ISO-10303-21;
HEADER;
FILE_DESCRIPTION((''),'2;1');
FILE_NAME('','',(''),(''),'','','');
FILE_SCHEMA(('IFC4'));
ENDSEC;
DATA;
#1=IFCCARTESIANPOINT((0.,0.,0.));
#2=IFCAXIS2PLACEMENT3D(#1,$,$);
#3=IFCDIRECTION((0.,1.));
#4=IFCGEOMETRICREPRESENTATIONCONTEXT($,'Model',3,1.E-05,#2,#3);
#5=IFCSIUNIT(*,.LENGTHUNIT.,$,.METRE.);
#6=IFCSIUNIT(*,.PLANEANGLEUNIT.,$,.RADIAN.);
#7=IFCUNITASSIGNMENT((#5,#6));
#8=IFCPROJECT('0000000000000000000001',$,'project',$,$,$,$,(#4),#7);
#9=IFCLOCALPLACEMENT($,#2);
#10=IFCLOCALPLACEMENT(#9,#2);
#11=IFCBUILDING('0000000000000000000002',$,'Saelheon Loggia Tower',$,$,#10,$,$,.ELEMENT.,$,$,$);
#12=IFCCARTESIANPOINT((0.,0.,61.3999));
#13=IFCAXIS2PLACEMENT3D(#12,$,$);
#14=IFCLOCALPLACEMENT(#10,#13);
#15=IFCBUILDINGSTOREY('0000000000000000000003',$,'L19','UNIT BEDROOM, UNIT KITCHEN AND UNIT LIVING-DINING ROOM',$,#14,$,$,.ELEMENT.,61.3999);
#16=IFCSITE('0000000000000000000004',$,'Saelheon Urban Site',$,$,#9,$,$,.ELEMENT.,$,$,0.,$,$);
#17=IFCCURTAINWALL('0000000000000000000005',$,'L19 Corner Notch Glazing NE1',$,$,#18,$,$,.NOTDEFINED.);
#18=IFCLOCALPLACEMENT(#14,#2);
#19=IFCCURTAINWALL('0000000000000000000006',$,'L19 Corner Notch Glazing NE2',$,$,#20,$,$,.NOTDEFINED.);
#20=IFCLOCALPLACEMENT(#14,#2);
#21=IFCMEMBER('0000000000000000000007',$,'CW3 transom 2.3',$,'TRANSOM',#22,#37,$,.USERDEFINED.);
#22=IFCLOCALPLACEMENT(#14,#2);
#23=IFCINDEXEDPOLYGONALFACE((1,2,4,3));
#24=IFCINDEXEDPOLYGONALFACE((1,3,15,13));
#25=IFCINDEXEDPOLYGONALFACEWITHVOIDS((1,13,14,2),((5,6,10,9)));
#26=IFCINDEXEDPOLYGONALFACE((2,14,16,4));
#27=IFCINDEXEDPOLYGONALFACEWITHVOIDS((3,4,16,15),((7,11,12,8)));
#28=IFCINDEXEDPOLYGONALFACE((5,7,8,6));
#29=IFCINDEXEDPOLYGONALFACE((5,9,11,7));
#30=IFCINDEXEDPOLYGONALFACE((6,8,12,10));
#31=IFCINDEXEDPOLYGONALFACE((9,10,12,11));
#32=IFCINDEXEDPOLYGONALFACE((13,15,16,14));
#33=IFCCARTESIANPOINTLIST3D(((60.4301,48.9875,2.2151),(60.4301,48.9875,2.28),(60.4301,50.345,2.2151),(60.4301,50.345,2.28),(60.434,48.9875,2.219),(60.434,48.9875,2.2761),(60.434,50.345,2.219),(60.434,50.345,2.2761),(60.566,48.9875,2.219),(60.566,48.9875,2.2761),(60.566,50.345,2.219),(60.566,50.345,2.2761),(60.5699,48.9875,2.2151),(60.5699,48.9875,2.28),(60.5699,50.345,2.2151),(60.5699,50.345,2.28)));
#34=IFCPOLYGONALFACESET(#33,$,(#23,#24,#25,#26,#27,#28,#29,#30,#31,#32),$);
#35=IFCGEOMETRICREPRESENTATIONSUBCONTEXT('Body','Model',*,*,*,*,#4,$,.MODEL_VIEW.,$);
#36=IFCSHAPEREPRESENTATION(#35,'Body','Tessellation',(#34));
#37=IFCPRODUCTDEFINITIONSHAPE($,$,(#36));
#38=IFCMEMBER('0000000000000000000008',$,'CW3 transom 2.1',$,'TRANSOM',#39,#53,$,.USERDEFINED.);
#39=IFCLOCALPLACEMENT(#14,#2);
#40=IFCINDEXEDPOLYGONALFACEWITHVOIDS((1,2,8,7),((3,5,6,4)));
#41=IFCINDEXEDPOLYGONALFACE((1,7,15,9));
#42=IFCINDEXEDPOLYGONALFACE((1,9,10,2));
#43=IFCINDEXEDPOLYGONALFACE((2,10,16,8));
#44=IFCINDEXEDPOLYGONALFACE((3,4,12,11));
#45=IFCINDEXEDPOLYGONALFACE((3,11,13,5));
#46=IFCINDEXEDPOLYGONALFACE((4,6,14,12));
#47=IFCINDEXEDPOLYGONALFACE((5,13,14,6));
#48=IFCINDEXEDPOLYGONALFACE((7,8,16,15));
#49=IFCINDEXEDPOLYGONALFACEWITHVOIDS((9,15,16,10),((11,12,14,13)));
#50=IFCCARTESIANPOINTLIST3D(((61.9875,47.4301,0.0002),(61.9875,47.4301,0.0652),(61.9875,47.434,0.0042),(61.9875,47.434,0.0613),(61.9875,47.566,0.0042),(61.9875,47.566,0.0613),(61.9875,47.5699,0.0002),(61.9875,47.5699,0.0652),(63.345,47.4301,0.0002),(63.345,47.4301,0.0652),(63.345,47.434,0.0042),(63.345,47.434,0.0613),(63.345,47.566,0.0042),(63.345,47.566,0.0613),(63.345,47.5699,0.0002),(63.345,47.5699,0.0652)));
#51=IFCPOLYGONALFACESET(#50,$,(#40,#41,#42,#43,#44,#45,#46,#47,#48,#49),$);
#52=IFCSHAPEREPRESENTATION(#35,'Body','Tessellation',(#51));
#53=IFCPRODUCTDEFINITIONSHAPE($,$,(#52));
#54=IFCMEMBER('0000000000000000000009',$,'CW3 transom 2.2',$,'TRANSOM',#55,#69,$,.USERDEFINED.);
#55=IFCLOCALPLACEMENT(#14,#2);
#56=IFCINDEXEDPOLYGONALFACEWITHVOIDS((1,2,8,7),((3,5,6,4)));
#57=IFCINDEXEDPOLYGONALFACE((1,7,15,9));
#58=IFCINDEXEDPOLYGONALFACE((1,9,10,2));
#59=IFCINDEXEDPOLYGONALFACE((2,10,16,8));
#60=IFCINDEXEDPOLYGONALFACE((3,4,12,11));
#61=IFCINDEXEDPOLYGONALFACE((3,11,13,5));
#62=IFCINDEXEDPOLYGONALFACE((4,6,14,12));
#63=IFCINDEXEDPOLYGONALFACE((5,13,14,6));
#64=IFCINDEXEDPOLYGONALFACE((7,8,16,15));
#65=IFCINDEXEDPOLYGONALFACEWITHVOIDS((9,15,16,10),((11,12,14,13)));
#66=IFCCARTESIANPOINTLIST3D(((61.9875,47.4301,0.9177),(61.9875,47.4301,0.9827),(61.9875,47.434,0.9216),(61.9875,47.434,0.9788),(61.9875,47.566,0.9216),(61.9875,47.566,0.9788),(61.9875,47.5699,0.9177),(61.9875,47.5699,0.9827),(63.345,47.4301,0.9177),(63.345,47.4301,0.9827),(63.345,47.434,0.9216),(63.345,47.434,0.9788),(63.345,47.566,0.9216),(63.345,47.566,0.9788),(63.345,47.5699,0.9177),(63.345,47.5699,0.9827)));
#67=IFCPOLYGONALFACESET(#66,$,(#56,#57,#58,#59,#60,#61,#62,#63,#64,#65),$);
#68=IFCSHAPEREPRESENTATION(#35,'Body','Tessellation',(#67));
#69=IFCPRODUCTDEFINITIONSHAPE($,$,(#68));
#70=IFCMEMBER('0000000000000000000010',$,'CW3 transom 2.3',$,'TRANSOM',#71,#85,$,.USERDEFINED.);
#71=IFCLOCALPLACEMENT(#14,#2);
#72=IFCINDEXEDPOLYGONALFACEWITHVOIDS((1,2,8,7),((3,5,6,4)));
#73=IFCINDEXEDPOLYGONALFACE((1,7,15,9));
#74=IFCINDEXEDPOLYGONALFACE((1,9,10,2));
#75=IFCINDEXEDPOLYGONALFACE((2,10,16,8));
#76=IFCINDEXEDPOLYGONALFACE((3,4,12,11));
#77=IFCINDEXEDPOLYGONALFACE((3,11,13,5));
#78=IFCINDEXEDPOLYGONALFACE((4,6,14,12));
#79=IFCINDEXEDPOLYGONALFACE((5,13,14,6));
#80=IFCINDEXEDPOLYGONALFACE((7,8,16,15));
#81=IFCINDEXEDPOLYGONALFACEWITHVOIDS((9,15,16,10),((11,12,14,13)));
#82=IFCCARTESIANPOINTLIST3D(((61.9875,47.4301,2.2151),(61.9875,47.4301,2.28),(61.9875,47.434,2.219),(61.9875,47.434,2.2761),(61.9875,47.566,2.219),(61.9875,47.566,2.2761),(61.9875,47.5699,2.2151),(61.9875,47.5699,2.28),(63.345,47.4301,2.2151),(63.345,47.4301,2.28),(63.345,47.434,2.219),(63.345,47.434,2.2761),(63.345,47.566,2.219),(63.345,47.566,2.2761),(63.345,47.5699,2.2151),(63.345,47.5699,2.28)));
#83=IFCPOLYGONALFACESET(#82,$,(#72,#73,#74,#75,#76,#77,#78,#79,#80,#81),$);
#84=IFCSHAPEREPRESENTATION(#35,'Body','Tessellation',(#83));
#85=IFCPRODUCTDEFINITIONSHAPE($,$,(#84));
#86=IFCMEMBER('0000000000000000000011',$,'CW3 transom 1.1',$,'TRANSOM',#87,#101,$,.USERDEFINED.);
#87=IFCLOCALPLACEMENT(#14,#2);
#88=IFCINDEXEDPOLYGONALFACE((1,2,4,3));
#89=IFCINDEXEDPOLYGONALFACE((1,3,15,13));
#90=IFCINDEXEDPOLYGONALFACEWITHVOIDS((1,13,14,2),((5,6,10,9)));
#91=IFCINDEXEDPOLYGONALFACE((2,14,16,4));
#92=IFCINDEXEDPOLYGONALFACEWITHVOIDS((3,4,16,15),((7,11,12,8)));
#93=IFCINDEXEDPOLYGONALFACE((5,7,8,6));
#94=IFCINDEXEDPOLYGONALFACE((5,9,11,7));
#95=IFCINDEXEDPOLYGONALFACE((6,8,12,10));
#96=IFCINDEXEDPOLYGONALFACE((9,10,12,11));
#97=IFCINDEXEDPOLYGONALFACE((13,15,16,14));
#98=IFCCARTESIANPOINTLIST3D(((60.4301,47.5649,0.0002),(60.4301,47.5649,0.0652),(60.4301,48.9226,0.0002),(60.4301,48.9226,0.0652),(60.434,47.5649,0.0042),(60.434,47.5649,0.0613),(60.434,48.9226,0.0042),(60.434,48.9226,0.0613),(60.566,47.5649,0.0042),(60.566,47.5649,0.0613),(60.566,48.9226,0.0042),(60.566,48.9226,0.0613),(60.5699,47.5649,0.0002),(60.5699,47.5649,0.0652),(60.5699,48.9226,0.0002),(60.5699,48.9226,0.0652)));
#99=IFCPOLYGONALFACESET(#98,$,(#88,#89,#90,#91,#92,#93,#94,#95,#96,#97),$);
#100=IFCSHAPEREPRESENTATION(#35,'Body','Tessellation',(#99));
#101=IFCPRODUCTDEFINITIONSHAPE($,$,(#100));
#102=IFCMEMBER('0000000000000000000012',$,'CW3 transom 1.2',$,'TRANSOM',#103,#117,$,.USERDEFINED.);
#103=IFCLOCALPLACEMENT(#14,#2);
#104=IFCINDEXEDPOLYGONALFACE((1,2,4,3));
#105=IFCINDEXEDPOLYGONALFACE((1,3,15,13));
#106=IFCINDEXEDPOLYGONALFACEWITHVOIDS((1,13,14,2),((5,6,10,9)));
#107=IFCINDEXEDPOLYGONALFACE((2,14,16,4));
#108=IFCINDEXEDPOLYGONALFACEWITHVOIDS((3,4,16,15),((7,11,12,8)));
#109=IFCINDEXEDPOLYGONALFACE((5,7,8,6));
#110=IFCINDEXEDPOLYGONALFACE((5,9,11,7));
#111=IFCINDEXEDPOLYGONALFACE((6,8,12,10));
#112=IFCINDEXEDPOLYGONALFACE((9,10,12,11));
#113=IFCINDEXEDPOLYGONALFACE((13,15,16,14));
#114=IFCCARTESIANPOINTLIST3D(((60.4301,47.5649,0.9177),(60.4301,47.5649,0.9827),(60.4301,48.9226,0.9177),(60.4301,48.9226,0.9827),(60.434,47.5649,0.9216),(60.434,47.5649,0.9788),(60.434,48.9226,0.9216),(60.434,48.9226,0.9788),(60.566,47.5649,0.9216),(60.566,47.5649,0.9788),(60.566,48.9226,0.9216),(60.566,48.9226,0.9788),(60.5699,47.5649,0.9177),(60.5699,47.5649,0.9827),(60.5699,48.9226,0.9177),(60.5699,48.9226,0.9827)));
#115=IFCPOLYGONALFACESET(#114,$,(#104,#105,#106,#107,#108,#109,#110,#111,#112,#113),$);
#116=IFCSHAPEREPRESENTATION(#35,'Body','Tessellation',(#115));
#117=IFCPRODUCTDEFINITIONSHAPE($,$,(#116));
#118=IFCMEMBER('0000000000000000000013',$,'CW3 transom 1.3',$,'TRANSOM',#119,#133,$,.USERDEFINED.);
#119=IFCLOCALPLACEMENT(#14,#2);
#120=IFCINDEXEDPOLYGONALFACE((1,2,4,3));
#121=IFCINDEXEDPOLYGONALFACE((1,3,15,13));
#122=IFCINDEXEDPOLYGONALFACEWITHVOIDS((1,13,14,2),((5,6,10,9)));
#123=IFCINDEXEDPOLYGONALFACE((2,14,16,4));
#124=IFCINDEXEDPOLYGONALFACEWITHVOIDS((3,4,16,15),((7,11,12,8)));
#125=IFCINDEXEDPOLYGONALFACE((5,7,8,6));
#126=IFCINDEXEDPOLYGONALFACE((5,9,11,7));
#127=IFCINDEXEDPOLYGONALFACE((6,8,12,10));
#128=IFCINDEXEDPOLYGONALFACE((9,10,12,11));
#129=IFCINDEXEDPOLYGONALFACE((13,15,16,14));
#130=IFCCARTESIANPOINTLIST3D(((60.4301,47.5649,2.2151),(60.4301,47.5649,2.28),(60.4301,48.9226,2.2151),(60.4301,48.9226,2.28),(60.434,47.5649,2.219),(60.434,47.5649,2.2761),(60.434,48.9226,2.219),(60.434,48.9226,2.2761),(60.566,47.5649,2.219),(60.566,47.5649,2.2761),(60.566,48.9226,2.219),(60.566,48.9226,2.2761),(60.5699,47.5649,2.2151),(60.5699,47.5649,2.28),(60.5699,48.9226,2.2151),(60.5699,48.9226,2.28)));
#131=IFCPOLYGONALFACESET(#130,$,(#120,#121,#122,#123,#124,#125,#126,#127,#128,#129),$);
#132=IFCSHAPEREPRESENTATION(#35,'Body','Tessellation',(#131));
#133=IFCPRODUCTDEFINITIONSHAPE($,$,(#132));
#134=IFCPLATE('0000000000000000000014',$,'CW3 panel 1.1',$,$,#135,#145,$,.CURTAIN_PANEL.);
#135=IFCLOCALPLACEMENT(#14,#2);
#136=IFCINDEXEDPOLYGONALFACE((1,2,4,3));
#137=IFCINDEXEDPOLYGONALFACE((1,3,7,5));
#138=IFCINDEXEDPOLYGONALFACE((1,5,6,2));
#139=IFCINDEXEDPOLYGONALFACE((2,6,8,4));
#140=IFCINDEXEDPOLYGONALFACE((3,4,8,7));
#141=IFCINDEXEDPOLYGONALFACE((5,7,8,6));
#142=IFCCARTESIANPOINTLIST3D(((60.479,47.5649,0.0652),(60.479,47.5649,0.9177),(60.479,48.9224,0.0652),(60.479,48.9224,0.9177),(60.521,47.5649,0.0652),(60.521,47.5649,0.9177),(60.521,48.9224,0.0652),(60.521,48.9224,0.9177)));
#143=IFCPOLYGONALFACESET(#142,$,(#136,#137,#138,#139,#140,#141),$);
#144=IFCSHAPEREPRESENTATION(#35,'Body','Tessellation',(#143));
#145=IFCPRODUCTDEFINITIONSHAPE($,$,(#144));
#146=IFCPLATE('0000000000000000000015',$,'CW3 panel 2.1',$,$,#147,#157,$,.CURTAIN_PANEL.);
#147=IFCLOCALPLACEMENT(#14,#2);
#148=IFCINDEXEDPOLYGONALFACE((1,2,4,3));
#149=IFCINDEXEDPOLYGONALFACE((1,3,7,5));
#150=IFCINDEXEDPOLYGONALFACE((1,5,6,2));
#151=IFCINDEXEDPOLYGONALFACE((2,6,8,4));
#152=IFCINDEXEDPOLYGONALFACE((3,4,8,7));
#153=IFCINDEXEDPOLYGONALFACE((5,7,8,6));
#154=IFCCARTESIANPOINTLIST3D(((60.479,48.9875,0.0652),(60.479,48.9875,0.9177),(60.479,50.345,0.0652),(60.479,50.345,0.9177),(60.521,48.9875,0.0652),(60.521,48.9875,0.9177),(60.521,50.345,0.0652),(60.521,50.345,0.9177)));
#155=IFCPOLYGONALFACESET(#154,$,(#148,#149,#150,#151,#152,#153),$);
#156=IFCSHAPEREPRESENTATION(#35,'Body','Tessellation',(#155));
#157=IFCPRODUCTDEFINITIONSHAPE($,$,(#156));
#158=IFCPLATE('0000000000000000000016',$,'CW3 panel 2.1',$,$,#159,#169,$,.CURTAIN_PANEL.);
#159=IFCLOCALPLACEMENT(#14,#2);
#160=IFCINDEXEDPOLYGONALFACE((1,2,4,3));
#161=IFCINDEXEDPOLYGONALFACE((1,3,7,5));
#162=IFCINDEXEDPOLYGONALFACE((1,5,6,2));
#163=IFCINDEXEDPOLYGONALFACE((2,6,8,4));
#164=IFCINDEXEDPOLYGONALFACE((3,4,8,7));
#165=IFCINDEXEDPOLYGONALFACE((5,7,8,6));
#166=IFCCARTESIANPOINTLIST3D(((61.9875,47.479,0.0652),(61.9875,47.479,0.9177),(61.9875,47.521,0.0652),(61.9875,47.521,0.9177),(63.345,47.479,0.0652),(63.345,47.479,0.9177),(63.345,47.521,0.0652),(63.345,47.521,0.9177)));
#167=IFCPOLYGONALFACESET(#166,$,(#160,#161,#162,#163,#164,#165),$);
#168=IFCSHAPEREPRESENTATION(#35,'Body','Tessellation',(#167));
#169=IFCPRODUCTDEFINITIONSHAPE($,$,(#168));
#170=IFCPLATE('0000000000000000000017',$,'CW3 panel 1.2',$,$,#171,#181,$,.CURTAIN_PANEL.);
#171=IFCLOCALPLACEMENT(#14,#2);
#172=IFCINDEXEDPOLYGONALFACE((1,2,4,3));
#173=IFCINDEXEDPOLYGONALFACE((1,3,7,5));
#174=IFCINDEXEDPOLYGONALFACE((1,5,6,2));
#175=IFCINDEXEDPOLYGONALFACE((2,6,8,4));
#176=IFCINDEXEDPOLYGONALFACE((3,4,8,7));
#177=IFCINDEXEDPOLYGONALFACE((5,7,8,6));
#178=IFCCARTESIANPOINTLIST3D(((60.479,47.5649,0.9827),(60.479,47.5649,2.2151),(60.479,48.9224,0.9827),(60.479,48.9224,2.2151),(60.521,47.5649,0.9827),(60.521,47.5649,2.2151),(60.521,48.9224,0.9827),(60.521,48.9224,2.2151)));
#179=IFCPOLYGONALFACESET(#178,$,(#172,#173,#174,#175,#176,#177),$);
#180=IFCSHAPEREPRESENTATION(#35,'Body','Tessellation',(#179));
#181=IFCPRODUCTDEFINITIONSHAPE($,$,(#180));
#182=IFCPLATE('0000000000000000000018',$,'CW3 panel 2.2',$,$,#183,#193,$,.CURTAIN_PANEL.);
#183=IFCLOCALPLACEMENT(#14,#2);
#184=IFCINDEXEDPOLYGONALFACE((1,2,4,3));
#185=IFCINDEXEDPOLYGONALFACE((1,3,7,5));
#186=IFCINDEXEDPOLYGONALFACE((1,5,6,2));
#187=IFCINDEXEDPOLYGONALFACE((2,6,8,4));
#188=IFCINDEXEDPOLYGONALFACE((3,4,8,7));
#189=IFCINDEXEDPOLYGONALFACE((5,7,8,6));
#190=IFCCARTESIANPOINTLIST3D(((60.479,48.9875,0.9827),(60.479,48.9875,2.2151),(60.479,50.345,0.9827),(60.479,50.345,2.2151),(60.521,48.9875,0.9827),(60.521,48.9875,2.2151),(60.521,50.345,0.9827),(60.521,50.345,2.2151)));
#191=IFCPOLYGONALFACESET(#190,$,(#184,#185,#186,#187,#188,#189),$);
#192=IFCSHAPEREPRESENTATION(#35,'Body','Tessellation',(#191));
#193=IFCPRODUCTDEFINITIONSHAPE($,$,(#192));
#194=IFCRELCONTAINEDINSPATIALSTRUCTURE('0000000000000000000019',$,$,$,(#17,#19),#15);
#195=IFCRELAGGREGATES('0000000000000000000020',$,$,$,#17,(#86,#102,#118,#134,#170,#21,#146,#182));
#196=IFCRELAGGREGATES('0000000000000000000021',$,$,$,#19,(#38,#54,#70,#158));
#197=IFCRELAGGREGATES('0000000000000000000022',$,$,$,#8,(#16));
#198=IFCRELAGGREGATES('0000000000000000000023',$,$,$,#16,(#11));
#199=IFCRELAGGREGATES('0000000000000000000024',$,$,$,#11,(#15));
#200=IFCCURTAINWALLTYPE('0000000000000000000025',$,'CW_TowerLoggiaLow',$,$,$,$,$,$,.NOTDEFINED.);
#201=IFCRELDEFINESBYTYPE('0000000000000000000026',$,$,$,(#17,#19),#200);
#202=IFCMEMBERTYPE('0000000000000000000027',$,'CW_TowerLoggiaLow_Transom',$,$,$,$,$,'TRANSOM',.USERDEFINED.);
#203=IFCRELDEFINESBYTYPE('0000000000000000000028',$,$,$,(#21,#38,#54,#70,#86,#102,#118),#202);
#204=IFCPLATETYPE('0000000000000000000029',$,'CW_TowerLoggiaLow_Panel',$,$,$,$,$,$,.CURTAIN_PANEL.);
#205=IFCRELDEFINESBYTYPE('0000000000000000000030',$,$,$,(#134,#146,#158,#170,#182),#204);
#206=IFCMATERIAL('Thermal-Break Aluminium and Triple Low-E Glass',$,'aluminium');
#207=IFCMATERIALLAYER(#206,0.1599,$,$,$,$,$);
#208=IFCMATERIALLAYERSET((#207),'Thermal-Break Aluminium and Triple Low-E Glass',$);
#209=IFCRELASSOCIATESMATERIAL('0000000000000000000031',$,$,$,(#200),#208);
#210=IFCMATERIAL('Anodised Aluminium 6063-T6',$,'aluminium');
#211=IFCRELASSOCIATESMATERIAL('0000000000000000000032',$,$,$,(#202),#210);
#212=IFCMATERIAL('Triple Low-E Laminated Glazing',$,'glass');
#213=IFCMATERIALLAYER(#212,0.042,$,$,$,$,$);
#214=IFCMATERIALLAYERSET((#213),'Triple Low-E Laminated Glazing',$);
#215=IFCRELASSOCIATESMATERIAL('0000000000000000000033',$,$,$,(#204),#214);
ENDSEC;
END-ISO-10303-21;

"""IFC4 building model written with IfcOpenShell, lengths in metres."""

from ifc_helpers import new_model, si_unit, direction, frame, origin, origin_2d, place, context, subcontext, project, spatial, rectangle, hollow_rectangle, extrude, source, transform, mapped, material, layer, layer_set, material_profile, profile_set, type_object, element, aggregate, save


model = new_model("IFC4")

# Units and contexts
model_context = context("Model", 3, precision=1e-05, world=origin(), true_north=direction((0.0, 1.0)))
body_context = subcontext(model_context, "Body", "Model", "MODEL_VIEW")
ifc_project = project(units=[si_unit("LENGTHUNIT", "METRE"), si_unit("PLANEANGLEUNIT", "RADIAN")], contexts=[model_context])

# Site, building, storey
site_placement = place(None, origin())
site = spatial("IfcSite", under=ifc_project, at=site_placement, Name="Saelheon Urban Site", CompositionType="ELEMENT", RefElevation=0.0)
building_placement = place(site_placement, origin())
building = spatial("IfcBuilding", under=site, at=building_placement, Name="Saelheon Loggia Tower", CompositionType="ELEMENT")
storey_placement = place(building_placement, frame((0.0, 0.0, 61.3999)))
storey = spatial("IfcBuildingStorey", under=building, at=storey_placement, Name="L19", Description="UNIT BEDROOM, UNIT KITCHEN AND UNIT LIVING-DINING ROOM", CompositionType="ELEMENT", Elevation=61.3999)

# Curtain walls
ifc_material_1 = material(Name="Thermal-Break Aluminium and Triple Low-E Glass", Category="aluminium")
ifc_layer_1 = layer(ifc_material_1, 0.1599)
ifc_layer_set_1 = layer_set([ifc_layer_1], Name="Thermal-Break Aluminium and Triple Low-E Glass")
curtain_wall_type = type_object("IfcCurtainWallType", Name="CW_TowerLoggiaLow", PredefinedType="NOTDEFINED", material=ifc_layer_set_1)
curtain_wall_1_placement = place(storey_placement, origin())
curtain_wall_1 = element("IfcCurtainWall", 1, at=curtain_wall_1_placement, inside=storey, type_object=curtain_wall_type, Name="L19 Corner Notch Glazing NE1", PredefinedType="NOTDEFINED")
ifc_material_2 = material(Name="Anodised Aluminium 6063-T6", Category="aluminium")
curtain_wall_2_placement = place(storey_placement, origin())
curtain_wall_2 = element("IfcCurtainWall", 2, at=curtain_wall_2_placement, inside=storey, type_object=curtain_wall_type, Name="L19 Corner Notch Glazing NE2", PredefinedType="NOTDEFINED")

# Members
ifc_material_profile_1 = material_profile(ifc_material_2, hollow_rectangle(XDim=0.0649, YDim=0.1399, WallThickness=0.0039, at=origin_2d()), Name="RHS-140x65x4")
ifc_profile_set_1 = profile_set([ifc_material_profile_1], Name="Anodised Aluminium 6063-T6")
member_type_1 = type_object("IfcMemberType", Name="CW_TowerLoggiaLow_Transom", ElementType="TRANSOM", PredefinedType="USERDEFINED", material=ifc_profile_set_1)
shared_shape_1 = source(origin(), body_context, "Body", "SweptSolid", [
    extrude(hollow_rectangle(XDim=0.0649, YDim=0.1399, WallThickness=0.0039, at=origin_2d()), origin(), (0.0, 0.0, 1.0), 1.3574),
])
member_1_placement = place(storey_placement, frame((60.5, 48.9875, 2.2476), z_axis=(0.0, 1.0, 0.0), x_axis=(0.0, 0.0, 1.0)))
member_1 = element("IfcMember", 3, at=member_1_placement, type_object=member_type_1, Name="CW3 transom 2.3", ObjectType="TRANSOM", PredefinedType="USERDEFINED", context=body_context, shape_type="MappedRepresentation", body=[
    mapped(shared_shape_1, transform((0.0, 0.0, 0.0), scale=1.0)),
])
member_2_placement = place(storey_placement, frame((61.9875, 47.5, 0.0327), z_axis=(1.0, 0.0, 0.0), x_axis=(0.0, 0.0, 1.0)))
member_2 = element("IfcMember", 4, at=member_2_placement, type_object=member_type_1, Name="CW3 transom 2.1", ObjectType="TRANSOM", PredefinedType="USERDEFINED", context=body_context, shape_type="MappedRepresentation", body=[
    mapped(shared_shape_1, transform((0.0, 0.0, 0.0), scale=1.0)),
])
member_3_placement = place(storey_placement, frame((61.9875, 47.5, 0.9502), z_axis=(1.0, 0.0, 0.0), x_axis=(0.0, 0.0, 1.0)))
member_3 = element("IfcMember", 5, at=member_3_placement, type_object=member_type_1, Name="CW3 transom 2.2", ObjectType="TRANSOM", PredefinedType="USERDEFINED", context=body_context, shape_type="MappedRepresentation", body=[
    mapped(shared_shape_1, transform((0.0, 0.0, 0.0), scale=1.0)),
])
member_4_placement = place(storey_placement, frame((61.9875, 47.5, 2.2476), z_axis=(1.0, 0.0, 0.0), x_axis=(0.0, 0.0, 1.0)))
member_4 = element("IfcMember", 6, at=member_4_placement, type_object=member_type_1, Name="CW3 transom 2.3", ObjectType="TRANSOM", PredefinedType="USERDEFINED", context=body_context, shape_type="MappedRepresentation", body=[
    mapped(shared_shape_1, transform((0.0, 0.0, 0.0), scale=1.0)),
])
shared_shape_2 = source(origin(), body_context, "Body", "SweptSolid", [
    extrude(hollow_rectangle(XDim=0.0649, YDim=0.1399, WallThickness=0.0039, at=origin_2d()), origin(), (0.0, 0.0, 1.0), 1.3577),
])
member_5_placement = place(storey_placement, frame((60.5, 47.5649, 0.0327), z_axis=(0.0, 1.0, 0.0), x_axis=(0.0, 0.0, 1.0)))
member_5 = element("IfcMember", 7, at=member_5_placement, type_object=member_type_1, Name="CW3 transom 1.1", ObjectType="TRANSOM", PredefinedType="USERDEFINED", context=body_context, shape_type="MappedRepresentation", body=[
    mapped(shared_shape_2, transform((0.0, 0.0, 0.0), scale=1.0)),
])
member_6_placement = place(storey_placement, frame((60.5, 47.5649, 0.9502), z_axis=(0.0, 1.0, 0.0), x_axis=(0.0, 0.0, 1.0)))
member_6 = element("IfcMember", 8, at=member_6_placement, type_object=member_type_1, Name="CW3 transom 1.2", ObjectType="TRANSOM", PredefinedType="USERDEFINED", context=body_context, shape_type="MappedRepresentation", body=[
    mapped(shared_shape_2, transform((0.0, 0.0, 0.0), scale=1.0)),
])
member_7_placement = place(storey_placement, frame((60.5, 47.5649, 2.2476), z_axis=(0.0, 1.0, 0.0), x_axis=(0.0, 0.0, 1.0)))
member_7 = element("IfcMember", 9, at=member_7_placement, type_object=member_type_1, Name="CW3 transom 1.3", ObjectType="TRANSOM", PredefinedType="USERDEFINED", context=body_context, shape_type="MappedRepresentation", body=[
    mapped(shared_shape_2, transform((0.0, 0.0, 0.0), scale=1.0)),
])

# Plates
ifc_material_3 = material(Name="Triple Low-E Laminated Glazing", Category="glass")
ifc_layer_2 = layer(ifc_material_3, 0.042)
ifc_layer_set_2 = layer_set([ifc_layer_2], Name="Triple Low-E Laminated Glazing")
plate_type = type_object("IfcPlateType", Name="CW_TowerLoggiaLow_Panel", PredefinedType="CURTAIN_PANEL", material=ifc_layer_set_2)
shared_shape_3 = source(origin(), body_context, "Body", "SweptSolid", [
    extrude(rectangle(XDim=1.3574, YDim=0.042, at=origin_2d()), origin(), (0.0, 0.0, 1.0), 0.8525),
])
plate_1_placement = place(storey_placement, frame((60.5, 48.2437, 0.0652), z_axis=(0.0, 0.0, 1.0), x_axis=(0.0, 1.0, 0.0)))
plate_1 = element("IfcPlate", 10, at=plate_1_placement, type_object=plate_type, Name="CW3 panel 1.1", PredefinedType="CURTAIN_PANEL", context=body_context, shape_type="MappedRepresentation", body=[
    mapped(shared_shape_3, transform((0.0, 0.0, 0.0), scale=1.0)),
])
plate_2_placement = place(storey_placement, frame((60.5, 49.6663, 0.0652), z_axis=(0.0, 0.0, 1.0), x_axis=(0.0, 1.0, 0.0)))
plate_2 = element("IfcPlate", 11, at=plate_2_placement, type_object=plate_type, Name="CW3 panel 2.1", PredefinedType="CURTAIN_PANEL", context=body_context, shape_type="MappedRepresentation", body=[
    mapped(shared_shape_3, transform((0.0, 0.0, 0.0), scale=1.0)),
])
plate_3_placement = place(storey_placement, frame((62.6663, 47.5, 0.0652), z_axis=(0.0, 0.0, 1.0), x_axis=(1.0, 0.0, 0.0)))
plate_3 = element("IfcPlate", 12, at=plate_3_placement, type_object=plate_type, Name="CW3 panel 2.1", PredefinedType="CURTAIN_PANEL", context=body_context, shape_type="MappedRepresentation", body=[
    mapped(shared_shape_3, transform((0.0, 0.0, 0.0), scale=1.0)),
])
shared_shape_4 = source(origin(), body_context, "Body", "SweptSolid", [
    extrude(rectangle(XDim=1.3574, YDim=0.042, at=origin_2d()), origin(), (0.0, 0.0, 1.0), 1.2324),
])
plate_4_placement = place(storey_placement, frame((60.5, 48.2437, 0.9827), z_axis=(0.0, 0.0, 1.0), x_axis=(0.0, 1.0, 0.0)))
plate_4 = element("IfcPlate", 13, at=plate_4_placement, type_object=plate_type, Name="CW3 panel 1.2", PredefinedType="CURTAIN_PANEL", context=body_context, shape_type="MappedRepresentation", body=[
    mapped(shared_shape_4, transform((0.0, 0.0, 0.0), scale=1.0)),
])
plate_5_placement = place(storey_placement, frame((60.5, 49.6663, 0.9827), z_axis=(0.0, 0.0, 1.0), x_axis=(0.0, 1.0, 0.0)))
plate_5 = element("IfcPlate", 14, at=plate_5_placement, type_object=plate_type, Name="CW3 panel 2.2", PredefinedType="CURTAIN_PANEL", context=body_context, shape_type="MappedRepresentation", body=[
    mapped(shared_shape_4, transform((0.0, 0.0, 0.0), scale=1.0)),
])
aggregate(curtain_wall_1, [member_5, member_6, member_7, plate_1, plate_4, member_1, plate_2, plate_5])
aggregate(curtain_wall_2, [member_2, member_3, member_4, plate_3])

save(model, "model.ifc")
